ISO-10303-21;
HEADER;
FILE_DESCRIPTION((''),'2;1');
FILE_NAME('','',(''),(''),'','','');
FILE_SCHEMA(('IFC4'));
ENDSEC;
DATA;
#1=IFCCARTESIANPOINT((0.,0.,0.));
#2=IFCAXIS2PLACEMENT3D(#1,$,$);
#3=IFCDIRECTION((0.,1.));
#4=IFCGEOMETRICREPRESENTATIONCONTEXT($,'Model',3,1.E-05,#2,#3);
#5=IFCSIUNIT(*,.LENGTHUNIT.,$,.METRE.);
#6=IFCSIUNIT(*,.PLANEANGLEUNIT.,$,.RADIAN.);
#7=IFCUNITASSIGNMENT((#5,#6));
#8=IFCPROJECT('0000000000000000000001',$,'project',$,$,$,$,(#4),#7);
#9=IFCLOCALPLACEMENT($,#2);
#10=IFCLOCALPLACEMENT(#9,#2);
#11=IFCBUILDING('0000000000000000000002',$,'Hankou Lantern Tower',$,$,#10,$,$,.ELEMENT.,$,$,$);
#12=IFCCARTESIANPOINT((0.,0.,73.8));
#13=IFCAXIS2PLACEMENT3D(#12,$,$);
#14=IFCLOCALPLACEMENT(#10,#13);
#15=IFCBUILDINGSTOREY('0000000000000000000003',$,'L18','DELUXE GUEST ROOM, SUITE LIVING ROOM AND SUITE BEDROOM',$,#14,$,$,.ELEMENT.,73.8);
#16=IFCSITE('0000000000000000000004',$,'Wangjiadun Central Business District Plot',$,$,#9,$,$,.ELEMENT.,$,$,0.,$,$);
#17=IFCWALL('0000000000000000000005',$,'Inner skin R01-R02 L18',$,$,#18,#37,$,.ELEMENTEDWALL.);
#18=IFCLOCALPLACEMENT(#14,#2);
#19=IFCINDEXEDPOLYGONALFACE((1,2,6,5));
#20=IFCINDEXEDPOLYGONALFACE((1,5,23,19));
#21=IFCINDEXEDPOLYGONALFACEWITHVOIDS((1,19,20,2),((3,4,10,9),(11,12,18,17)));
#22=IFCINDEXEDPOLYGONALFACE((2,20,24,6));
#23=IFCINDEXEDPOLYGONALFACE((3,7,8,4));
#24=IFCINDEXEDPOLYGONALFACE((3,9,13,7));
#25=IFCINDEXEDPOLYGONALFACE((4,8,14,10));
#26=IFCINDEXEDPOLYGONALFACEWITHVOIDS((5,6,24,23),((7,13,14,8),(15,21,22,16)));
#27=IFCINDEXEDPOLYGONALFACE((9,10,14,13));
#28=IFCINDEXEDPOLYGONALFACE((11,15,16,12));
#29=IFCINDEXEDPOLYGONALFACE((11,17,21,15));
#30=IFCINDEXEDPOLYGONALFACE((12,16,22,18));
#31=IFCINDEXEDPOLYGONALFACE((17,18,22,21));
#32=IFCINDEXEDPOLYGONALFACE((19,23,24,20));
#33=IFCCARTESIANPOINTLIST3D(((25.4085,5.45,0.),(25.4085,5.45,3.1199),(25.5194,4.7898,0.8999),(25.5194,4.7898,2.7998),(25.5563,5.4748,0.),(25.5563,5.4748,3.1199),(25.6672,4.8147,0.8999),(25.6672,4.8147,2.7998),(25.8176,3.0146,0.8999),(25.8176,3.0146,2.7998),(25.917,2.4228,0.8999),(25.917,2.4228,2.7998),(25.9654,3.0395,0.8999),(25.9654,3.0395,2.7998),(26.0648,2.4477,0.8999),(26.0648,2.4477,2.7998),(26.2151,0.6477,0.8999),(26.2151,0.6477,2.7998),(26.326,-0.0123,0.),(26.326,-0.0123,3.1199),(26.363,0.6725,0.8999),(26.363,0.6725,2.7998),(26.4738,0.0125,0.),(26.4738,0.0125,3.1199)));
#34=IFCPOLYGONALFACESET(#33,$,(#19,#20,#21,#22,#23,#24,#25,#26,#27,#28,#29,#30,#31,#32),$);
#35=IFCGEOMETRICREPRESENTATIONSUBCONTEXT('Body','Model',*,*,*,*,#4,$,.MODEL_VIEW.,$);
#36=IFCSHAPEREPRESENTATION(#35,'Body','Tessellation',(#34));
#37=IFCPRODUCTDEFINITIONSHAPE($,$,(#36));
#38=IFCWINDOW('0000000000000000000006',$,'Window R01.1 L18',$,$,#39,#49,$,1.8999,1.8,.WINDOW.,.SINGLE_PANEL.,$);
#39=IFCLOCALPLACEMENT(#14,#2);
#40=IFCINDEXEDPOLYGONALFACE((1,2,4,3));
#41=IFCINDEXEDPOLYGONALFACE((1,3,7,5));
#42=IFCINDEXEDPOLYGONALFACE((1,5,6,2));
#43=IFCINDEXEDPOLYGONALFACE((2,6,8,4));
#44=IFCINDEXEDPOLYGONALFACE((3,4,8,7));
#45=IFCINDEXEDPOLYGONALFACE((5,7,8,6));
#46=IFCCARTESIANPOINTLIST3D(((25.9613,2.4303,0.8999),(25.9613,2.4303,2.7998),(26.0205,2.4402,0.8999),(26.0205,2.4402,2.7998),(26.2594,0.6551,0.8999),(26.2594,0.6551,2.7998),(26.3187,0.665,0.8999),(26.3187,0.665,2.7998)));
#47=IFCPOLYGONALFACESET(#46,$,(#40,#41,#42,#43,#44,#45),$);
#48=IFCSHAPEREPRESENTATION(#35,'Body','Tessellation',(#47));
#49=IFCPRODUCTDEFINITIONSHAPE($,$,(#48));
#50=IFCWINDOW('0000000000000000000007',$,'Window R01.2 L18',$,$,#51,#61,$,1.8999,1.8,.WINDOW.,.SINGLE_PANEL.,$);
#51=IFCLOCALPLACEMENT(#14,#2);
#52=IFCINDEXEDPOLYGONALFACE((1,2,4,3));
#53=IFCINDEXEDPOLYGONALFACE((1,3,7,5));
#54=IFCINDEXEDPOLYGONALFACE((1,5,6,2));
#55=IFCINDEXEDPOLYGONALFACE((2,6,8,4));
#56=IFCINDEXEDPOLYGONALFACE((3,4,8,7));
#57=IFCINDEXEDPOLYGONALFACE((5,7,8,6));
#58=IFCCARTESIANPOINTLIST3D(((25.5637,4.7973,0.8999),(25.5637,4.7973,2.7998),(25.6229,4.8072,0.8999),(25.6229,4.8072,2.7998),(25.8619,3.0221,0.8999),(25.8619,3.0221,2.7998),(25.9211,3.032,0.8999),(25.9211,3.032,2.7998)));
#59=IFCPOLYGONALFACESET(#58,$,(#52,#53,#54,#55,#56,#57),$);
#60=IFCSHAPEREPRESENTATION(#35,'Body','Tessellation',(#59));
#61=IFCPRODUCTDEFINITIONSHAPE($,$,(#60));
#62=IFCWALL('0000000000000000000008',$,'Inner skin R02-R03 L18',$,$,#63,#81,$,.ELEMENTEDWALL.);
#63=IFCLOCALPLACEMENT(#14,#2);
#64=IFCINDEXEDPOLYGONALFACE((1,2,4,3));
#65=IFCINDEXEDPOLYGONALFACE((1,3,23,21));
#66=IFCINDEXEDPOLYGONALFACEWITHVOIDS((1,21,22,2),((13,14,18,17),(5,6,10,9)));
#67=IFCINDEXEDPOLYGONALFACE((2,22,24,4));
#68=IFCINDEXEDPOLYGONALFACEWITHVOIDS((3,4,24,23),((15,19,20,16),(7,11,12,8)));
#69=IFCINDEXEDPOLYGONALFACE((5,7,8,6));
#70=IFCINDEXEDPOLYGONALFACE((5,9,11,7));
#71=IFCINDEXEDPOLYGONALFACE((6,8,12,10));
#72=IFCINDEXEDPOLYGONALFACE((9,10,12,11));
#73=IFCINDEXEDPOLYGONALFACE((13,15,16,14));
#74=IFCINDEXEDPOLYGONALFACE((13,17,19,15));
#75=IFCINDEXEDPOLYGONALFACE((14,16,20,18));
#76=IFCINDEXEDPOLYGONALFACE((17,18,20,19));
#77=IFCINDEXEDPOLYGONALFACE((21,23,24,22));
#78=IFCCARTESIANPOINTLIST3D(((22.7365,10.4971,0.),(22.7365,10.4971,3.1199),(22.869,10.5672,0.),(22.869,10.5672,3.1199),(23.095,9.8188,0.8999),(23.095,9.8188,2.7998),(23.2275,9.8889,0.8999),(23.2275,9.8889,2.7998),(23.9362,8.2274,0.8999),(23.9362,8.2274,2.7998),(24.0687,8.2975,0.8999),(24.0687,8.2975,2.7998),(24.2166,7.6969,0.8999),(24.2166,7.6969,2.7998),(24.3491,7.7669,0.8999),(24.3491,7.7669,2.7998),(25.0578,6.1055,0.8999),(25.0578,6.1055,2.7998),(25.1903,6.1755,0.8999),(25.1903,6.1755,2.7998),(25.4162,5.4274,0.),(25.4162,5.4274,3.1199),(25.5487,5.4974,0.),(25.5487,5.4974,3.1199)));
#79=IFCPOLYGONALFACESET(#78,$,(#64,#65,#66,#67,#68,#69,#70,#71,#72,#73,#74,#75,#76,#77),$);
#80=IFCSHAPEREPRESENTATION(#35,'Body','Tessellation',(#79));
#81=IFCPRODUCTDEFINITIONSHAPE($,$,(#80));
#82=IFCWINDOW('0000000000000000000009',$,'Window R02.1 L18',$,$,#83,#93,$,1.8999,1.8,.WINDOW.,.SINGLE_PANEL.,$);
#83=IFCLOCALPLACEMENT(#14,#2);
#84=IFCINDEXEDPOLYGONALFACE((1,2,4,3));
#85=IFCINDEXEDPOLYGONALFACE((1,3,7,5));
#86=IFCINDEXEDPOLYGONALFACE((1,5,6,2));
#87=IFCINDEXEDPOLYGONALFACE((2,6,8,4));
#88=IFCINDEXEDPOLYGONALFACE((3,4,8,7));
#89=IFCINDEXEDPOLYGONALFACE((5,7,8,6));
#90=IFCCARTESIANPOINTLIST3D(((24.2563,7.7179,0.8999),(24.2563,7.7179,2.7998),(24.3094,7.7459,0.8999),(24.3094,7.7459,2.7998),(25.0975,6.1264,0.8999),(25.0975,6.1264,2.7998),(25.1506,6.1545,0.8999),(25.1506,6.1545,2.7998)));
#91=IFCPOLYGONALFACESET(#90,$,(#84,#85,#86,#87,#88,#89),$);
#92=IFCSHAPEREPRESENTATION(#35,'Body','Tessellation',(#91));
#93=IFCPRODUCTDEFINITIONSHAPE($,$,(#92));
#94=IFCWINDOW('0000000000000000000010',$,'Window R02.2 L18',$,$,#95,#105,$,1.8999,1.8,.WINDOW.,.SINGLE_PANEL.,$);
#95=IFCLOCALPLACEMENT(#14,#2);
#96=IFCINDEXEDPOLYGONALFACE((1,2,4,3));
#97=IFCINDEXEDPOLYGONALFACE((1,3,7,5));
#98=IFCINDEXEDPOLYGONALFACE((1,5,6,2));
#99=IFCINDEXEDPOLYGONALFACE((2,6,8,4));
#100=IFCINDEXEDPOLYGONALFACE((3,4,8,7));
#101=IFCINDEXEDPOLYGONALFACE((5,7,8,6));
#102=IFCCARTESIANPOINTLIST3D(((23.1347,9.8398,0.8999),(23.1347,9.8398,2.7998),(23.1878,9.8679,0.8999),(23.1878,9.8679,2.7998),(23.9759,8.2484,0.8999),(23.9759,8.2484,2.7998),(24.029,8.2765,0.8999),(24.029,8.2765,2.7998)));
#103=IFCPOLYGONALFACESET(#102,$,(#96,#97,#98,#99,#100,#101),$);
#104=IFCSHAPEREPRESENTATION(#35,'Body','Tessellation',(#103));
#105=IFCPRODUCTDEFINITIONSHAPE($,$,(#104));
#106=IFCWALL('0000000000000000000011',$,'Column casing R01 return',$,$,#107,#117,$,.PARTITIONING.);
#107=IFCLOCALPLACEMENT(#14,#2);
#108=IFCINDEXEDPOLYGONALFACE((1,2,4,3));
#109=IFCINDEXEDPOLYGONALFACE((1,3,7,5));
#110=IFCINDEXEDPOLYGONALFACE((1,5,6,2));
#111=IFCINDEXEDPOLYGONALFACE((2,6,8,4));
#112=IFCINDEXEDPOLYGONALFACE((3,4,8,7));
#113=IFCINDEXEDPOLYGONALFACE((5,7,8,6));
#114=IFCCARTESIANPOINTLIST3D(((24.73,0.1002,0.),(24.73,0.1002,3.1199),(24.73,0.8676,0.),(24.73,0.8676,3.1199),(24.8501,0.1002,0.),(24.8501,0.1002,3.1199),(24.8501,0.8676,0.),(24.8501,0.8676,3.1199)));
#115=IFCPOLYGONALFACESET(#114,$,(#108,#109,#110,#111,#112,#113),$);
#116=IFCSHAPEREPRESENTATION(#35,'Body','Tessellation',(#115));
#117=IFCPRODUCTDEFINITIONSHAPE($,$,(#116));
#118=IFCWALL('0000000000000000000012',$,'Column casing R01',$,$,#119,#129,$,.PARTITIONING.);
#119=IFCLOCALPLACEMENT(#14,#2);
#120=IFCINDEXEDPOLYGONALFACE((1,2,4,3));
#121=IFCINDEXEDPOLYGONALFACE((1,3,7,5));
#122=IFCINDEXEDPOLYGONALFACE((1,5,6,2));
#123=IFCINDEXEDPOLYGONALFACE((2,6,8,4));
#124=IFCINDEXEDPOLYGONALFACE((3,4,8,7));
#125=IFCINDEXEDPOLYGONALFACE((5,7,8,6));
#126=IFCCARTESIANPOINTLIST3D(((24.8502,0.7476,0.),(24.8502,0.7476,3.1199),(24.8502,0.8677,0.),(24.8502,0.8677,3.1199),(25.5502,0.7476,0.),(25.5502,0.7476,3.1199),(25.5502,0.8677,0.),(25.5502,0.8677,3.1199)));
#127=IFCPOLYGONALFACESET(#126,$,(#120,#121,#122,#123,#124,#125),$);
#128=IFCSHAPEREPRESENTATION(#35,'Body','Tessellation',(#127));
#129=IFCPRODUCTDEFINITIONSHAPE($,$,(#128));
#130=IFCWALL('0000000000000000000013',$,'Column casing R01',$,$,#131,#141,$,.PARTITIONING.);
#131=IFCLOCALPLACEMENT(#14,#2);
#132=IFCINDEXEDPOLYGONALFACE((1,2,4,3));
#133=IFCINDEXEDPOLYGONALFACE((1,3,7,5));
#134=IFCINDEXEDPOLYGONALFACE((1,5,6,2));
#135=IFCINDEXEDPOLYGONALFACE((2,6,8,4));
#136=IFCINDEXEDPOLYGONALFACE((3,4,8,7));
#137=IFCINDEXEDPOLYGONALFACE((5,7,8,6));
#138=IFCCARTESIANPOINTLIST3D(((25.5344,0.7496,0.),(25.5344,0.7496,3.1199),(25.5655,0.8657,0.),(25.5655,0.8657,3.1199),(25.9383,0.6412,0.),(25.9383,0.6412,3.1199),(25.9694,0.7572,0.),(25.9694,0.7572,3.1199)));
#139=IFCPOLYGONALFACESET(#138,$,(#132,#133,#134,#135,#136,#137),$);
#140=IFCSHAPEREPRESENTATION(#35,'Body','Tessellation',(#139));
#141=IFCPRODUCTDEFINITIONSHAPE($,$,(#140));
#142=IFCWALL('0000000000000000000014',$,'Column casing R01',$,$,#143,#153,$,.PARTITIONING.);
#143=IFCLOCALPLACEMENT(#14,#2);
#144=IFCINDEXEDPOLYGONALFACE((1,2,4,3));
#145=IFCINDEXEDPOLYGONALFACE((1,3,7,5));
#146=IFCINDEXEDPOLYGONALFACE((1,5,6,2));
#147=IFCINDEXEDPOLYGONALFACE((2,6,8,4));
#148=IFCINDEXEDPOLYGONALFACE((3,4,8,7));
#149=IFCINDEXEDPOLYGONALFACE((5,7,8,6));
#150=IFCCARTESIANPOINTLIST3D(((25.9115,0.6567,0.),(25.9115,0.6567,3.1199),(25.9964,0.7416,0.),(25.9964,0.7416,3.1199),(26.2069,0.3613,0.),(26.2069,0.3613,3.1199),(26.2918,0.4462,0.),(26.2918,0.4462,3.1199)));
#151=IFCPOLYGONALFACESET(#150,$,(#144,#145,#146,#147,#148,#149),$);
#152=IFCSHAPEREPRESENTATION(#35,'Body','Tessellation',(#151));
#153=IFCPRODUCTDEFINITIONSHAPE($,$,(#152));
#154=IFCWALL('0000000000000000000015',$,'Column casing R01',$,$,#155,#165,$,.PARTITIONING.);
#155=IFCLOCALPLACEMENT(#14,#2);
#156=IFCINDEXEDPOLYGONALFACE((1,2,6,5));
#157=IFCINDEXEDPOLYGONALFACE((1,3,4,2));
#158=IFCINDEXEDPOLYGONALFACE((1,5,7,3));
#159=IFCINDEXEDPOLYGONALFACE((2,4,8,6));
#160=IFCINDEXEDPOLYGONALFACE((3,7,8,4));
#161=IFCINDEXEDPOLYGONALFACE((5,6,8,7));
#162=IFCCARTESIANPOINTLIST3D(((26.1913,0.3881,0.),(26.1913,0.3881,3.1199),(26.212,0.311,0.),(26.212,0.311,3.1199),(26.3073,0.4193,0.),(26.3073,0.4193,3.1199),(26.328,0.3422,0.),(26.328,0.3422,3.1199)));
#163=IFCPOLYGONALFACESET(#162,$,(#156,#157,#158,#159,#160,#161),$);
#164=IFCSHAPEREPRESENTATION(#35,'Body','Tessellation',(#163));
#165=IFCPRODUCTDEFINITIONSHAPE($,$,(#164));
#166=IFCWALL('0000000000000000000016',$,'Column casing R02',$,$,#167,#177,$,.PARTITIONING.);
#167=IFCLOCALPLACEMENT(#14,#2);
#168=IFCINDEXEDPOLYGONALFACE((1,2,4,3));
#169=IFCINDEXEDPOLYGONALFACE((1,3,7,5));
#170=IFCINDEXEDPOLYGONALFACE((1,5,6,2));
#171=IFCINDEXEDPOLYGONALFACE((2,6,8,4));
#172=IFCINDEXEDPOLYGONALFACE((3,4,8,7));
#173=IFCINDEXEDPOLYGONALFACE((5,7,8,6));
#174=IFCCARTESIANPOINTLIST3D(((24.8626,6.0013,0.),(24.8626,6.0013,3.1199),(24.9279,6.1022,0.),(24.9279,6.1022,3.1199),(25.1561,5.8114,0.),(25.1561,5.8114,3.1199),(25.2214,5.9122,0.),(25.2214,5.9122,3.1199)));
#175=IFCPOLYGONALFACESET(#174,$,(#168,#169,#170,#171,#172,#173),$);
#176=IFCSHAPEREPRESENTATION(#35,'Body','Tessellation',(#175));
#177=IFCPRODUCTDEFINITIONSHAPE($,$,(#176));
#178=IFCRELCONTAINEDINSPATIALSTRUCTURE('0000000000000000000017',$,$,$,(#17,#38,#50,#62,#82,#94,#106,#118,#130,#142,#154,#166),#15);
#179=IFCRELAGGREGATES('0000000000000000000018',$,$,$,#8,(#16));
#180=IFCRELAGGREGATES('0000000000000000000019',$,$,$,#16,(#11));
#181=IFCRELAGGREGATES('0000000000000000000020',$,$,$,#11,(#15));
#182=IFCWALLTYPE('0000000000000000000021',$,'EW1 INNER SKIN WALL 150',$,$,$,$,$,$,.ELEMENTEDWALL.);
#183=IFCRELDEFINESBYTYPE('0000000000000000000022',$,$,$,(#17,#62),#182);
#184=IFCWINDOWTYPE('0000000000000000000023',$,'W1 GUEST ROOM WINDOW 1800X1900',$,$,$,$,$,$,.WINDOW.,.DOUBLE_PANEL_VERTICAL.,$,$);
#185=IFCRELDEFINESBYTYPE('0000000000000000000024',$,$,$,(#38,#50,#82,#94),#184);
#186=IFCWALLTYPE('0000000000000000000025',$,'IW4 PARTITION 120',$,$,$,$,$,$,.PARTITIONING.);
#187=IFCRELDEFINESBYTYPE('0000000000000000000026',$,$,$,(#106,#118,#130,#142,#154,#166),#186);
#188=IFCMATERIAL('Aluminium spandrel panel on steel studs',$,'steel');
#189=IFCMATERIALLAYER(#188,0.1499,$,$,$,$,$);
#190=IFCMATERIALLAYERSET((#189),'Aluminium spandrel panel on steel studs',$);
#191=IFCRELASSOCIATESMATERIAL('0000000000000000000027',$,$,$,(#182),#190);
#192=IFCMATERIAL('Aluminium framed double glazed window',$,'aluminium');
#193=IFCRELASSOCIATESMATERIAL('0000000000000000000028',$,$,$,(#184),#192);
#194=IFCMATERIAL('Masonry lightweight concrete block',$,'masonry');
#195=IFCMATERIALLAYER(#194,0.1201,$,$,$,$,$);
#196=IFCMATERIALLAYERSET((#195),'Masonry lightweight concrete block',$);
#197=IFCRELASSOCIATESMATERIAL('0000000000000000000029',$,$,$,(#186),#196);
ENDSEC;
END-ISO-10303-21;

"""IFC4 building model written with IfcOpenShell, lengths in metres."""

from ifc_helpers import new_model, si_unit, direction, frame, frame_2d, origin, place, context, subcontext, project, spatial, rectangle, extrude, material, layer, layer_set, type_object, element, fill, save


model = new_model("IFC4")

# Units and contexts
model_context = context("Model", 3, precision=1e-05, world=origin(), true_north=direction((0.0, 1.0)))
body_context = subcontext(model_context, "Body", "Model", "MODEL_VIEW")
ifc_project = project(units=[si_unit("LENGTHUNIT", "METRE"), si_unit("PLANEANGLEUNIT", "RADIAN")], contexts=[model_context])

# Site, building, storey
site_placement = place(None, origin())
site = spatial("IfcSite", under=ifc_project, at=site_placement, Name="Wangjiadun Central Business District Plot", CompositionType="ELEMENT", RefElevation=0.0)
building_placement = place(site_placement, origin())
building = spatial("IfcBuilding", under=site, at=building_placement, Name="Hankou Lantern Tower", CompositionType="ELEMENT")
storey_placement = place(building_placement, frame((0.0, 0.0, 73.8)))
storey = spatial("IfcBuildingStorey", under=building, at=storey_placement, Name="L18", Description="DELUXE GUEST ROOM, SUITE LIVING ROOM AND SUITE BEDROOM", CompositionType="ELEMENT", Elevation=73.8)

# Walls, openings, windows
ifc_material_1 = material(Name="Aluminium spandrel panel on steel studs", Category="steel")
ifc_layer_1 = layer(ifc_material_1, 0.1499)
ifc_layer_set_1 = layer_set([ifc_layer_1], Name="Aluminium spandrel panel on steel studs")
wall_type_1 = type_object("IfcWallType", Name="EW1 INNER SKIN WALL 150", PredefinedType="ELEMENTEDWALL", material=ifc_layer_set_1)
wall_1_placement = place(storey_placement, frame((26.3999, 0.0, 0.0), z_axis=(0.0, 0.0, 1.0), x_axis=(-0.165643, 0.986186, 0.0)))
wall_1 = element("IfcWall", 1, at=wall_1_placement, inside=storey, type_object=wall_type_1, Name="Inner skin R01-R02 L18", PredefinedType="ELEMENTEDWALL", context=body_context, shape_type="SweptSolid", body=[
    extrude(rectangle(XDim=5.5388, YDim=0.1499, at=frame_2d((2.7695, 0.0))), origin(), (0.0, 0.0, 1.0), 3.1199),
])
opening_1_placement = place(wall_1_placement, frame((0.6694, 0.0, 0.8999)))
opening_1 = element("IfcOpeningElement", 2, at=opening_1_placement, cuts=wall_1, PredefinedType="OPENING", context=body_context, shape_type="SweptSolid", body=[
    extrude(rectangle(XDim=1.8, YDim=1.8999, at=frame_2d((0.8999, 0.95))), frame((0.0, 0.085, 0.0), z_axis=(0.0, -1.0, 0.0), x_axis=(1.0, 0.0, 0.0)), (0.0, 0.0, 1.0), 0.1699),
])
opening_2_placement = place(wall_1_placement, frame((3.0696, 0.0, 0.8999)))
opening_2 = element("IfcOpeningElement", 3, at=opening_2_placement, cuts=wall_1, PredefinedType="OPENING", context=body_context, shape_type="SweptSolid", body=[
    extrude(rectangle(XDim=1.8, YDim=1.8999, at=frame_2d((0.8999, 0.95))), frame((0.0, 0.085, 0.0), z_axis=(0.0, -1.0, 0.0), x_axis=(1.0, 0.0, 0.0)), (0.0, 0.0, 1.0), 0.1699),
])
ifc_material_2 = material(Name="Aluminium framed double glazed window", Category="aluminium")
window_type = type_object("IfcWindowType", Name="W1 GUEST ROOM WINDOW 1800X1900", PartitioningType="DOUBLE_PANEL_VERTICAL", PredefinedType="WINDOW", material=ifc_material_2)
window_1_placement = place(opening_1_placement, origin())
window_1 = element("IfcWindow", 4, at=window_1_placement, inside=storey, type_object=window_type, Name="Window R01.1 L18", OverallHeight=1.8999, OverallWidth=1.8, PartitioningType="SINGLE_PANEL", PredefinedType="WINDOW", context=body_context, shape_type="SweptSolid", body=[
    extrude(rectangle(XDim=1.8, YDim=1.8999, at=frame_2d((0.8999, 0.95))), frame((0.0, 0.03, 0.0), z_axis=(0.0, -1.0, 0.0), x_axis=(1.0, 0.0, 0.0)), (0.0, 0.0, 1.0), 0.0601),
])
fill(opening_1, window_1)
window_2_placement = place(opening_2_placement, origin())
window_2 = element("IfcWindow", 5, at=window_2_placement, inside=storey, type_object=window_type, Name="Window R01.2 L18", OverallHeight=1.8999, OverallWidth=1.8, PartitioningType="SINGLE_PANEL", PredefinedType="WINDOW", context=body_context, shape_type="SweptSolid", body=[
    extrude(rectangle(XDim=1.8, YDim=1.8999, at=frame_2d((0.8999, 0.95))), frame((0.0, 0.03, 0.0), z_axis=(0.0, -1.0, 0.0), x_axis=(1.0, 0.0, 0.0)), (0.0, 0.0, 1.0), 0.0601),
])
fill(opening_2, window_2)
wall_2_placement = place(storey_placement, frame((25.4824, 5.4624, 0.0), z_axis=(0.0, 0.0, 1.0), x_axis=(-0.467297, 0.8841, 0.0)))
wall_2 = element("IfcWall", 6, at=wall_2_placement, inside=storey, type_object=wall_type_1, Name="Inner skin R02-R03 L18", PredefinedType="ELEMENTEDWALL", context=body_context, shape_type="SweptSolid", body=[
    extrude(rectangle(XDim=5.7344, YDim=0.1499, at=frame_2d((2.8672, 0.0))), origin(), (0.0, 0.0, 1.0), 3.1199),
])
opening_3_placement = place(wall_2_placement, frame((0.7671, 0.0, 0.8999)))
opening_3 = element("IfcOpeningElement", 7, at=opening_3_placement, cuts=wall_2, PredefinedType="OPENING", context=body_context, shape_type="SweptSolid", body=[
    extrude(rectangle(XDim=1.8, YDim=1.8999, at=frame_2d((0.8999, 0.95))), frame((0.0, 0.085, 0.0), z_axis=(0.0, -1.0, 0.0), x_axis=(1.0, 0.0, 0.0)), (0.0, 0.0, 1.0), 0.1699),
])
opening_4_placement = place(wall_2_placement, frame((3.1672, 0.0, 0.8999)))
opening_4 = element("IfcOpeningElement", 8, at=opening_4_placement, cuts=wall_2, PredefinedType="OPENING", context=body_context, shape_type="SweptSolid", body=[
    extrude(rectangle(XDim=1.8, YDim=1.8999, at=frame_2d((0.8999, 0.95))), frame((0.0, 0.085, 0.0), z_axis=(0.0, -1.0, 0.0), x_axis=(1.0, 0.0, 0.0)), (0.0, 0.0, 1.0), 0.1699),
])
window_3_placement = place(opening_3_placement, origin())
window_3 = element("IfcWindow", 9, at=window_3_placement, inside=storey, type_object=window_type, Name="Window R02.1 L18", OverallHeight=1.8999, OverallWidth=1.8, PartitioningType="SINGLE_PANEL", PredefinedType="WINDOW", context=body_context, shape_type="SweptSolid", body=[
    extrude(rectangle(XDim=1.8, YDim=1.8999, at=frame_2d((0.8999, 0.95))), frame((0.0, 0.03, 0.0), z_axis=(0.0, -1.0, 0.0), x_axis=(1.0, 0.0, 0.0)), (0.0, 0.0, 1.0), 0.0601),
])
fill(opening_3, window_3)
window_4_placement = place(opening_4_placement, origin())
window_4 = element("IfcWindow", 10, at=window_4_placement, inside=storey, type_object=window_type, Name="Window R02.2 L18", OverallHeight=1.8999, OverallWidth=1.8, PartitioningType="SINGLE_PANEL", PredefinedType="WINDOW", context=body_context, shape_type="SweptSolid", body=[
    extrude(rectangle(XDim=1.8, YDim=1.8999, at=frame_2d((0.8999, 0.95))), frame((0.0, 0.03, 0.0), z_axis=(0.0, -1.0, 0.0), x_axis=(1.0, 0.0, 0.0)), (0.0, 0.0, 1.0), 0.0601),
])
fill(opening_4, window_4)

# Walls
ifc_material_3 = material(Name="Masonry lightweight concrete block", Category="masonry")
ifc_layer_2 = layer(ifc_material_3, 0.1201)
ifc_layer_set_2 = layer_set([ifc_layer_2], Name="Masonry lightweight concrete block")
wall_type_2 = type_object("IfcWallType", Name="IW4 PARTITION 120", PredefinedType="PARTITIONING", material=ifc_layer_set_2)
wall_3_placement = place(storey_placement, frame((24.79, 0.1001, 0.0), z_axis=(0.0, 0.0, 1.0), x_axis=(0.0, 1.0, 0.0)))
element("IfcWall", 11, at=wall_3_placement, inside=storey, type_object=wall_type_2, Name="Column casing R01 return", PredefinedType="PARTITIONING", context=body_context, shape_type="SweptSolid", body=[
    extrude(rectangle(XDim=0.7673, YDim=0.1201, at=frame_2d((0.3838, 0.0))), origin(), (0.0, 0.0, 1.0), 3.1199),
])
wall_4_placement = place(storey_placement, frame((24.8501, 0.8076, 0.0), z_axis=(0.0, 0.0, 1.0), x_axis=(1.0, 0.0, 0.0)))
element("IfcWall", 12, at=wall_4_placement, inside=storey, type_object=wall_type_2, Name="Column casing R01", PredefinedType="PARTITIONING", context=body_context, shape_type="SweptSolid", body=[
    extrude(rectangle(XDim=0.7, YDim=0.1201, at=frame_2d((0.3501, 0.0))), origin(), (0.0, 0.0, 1.0), 3.1199),
])
wall_5_placement = place(storey_placement, frame((25.55, 0.8076, 0.0), z_axis=(0.0, 0.0, 1.0), x_axis=(0.965807, -0.259261, 0.0)))
element("IfcWall", 13, at=wall_5_placement, inside=storey, type_object=wall_type_2, Name="Column casing R01", PredefinedType="PARTITIONING", context=body_context, shape_type="SweptSolid", body=[
    extrude(rectangle(XDim=0.4182, YDim=0.1201, at=frame_2d((0.209, 0.0))), origin(), (0.0, 0.0, 1.0), 3.1199),
])
wall_6_placement = place(storey_placement, frame((25.9539, 0.6992, 0.0), z_axis=(0.0, 0.0, 1.0), x_axis=(0.707107, -0.707107, 0.0)))
element("IfcWall", 14, at=wall_6_placement, inside=storey, type_object=wall_type_2, Name="Column casing R01", PredefinedType="PARTITIONING", context=body_context, shape_type="SweptSolid", body=[
    extrude(rectangle(XDim=0.4177, YDim=0.1201, at=frame_2d((0.209, 0.0))), origin(), (0.0, 0.0, 1.0), 3.1199),
])
wall_7_placement = place(storey_placement, frame((26.2493, 0.4038, 0.0), z_axis=(0.0, 0.0, 1.0), x_axis=(0.259754, -0.965675, 0.0)))
element("IfcWall", 15, at=wall_7_placement, inside=storey, type_object=wall_type_2, Name="Column casing R01", PredefinedType="PARTITIONING", context=body_context, shape_type="SweptSolid", body=[
    extrude(rectangle(XDim=0.0798, YDim=0.1201, at=frame_2d((0.04, 0.0))), origin(), (0.0, 0.0, 1.0), 3.1199),
])
wall_8_placement = place(storey_placement, frame((24.8953, 6.0518, 0.0), z_axis=(0.0, 0.0, 1.0), x_axis=(0.839495, -0.543367, 0.0)))
element("IfcWall", 16, at=wall_8_placement, inside=storey, type_object=wall_type_2, Name="Column casing R02", PredefinedType="PARTITIONING", context=body_context, shape_type="SweptSolid", body=[
    extrude(rectangle(XDim=0.3496, YDim=0.1201, at=frame_2d((0.1748, 0.0))), origin(), (0.0, 0.0, 1.0), 3.1199),
])

save(model, "model.ifc")
